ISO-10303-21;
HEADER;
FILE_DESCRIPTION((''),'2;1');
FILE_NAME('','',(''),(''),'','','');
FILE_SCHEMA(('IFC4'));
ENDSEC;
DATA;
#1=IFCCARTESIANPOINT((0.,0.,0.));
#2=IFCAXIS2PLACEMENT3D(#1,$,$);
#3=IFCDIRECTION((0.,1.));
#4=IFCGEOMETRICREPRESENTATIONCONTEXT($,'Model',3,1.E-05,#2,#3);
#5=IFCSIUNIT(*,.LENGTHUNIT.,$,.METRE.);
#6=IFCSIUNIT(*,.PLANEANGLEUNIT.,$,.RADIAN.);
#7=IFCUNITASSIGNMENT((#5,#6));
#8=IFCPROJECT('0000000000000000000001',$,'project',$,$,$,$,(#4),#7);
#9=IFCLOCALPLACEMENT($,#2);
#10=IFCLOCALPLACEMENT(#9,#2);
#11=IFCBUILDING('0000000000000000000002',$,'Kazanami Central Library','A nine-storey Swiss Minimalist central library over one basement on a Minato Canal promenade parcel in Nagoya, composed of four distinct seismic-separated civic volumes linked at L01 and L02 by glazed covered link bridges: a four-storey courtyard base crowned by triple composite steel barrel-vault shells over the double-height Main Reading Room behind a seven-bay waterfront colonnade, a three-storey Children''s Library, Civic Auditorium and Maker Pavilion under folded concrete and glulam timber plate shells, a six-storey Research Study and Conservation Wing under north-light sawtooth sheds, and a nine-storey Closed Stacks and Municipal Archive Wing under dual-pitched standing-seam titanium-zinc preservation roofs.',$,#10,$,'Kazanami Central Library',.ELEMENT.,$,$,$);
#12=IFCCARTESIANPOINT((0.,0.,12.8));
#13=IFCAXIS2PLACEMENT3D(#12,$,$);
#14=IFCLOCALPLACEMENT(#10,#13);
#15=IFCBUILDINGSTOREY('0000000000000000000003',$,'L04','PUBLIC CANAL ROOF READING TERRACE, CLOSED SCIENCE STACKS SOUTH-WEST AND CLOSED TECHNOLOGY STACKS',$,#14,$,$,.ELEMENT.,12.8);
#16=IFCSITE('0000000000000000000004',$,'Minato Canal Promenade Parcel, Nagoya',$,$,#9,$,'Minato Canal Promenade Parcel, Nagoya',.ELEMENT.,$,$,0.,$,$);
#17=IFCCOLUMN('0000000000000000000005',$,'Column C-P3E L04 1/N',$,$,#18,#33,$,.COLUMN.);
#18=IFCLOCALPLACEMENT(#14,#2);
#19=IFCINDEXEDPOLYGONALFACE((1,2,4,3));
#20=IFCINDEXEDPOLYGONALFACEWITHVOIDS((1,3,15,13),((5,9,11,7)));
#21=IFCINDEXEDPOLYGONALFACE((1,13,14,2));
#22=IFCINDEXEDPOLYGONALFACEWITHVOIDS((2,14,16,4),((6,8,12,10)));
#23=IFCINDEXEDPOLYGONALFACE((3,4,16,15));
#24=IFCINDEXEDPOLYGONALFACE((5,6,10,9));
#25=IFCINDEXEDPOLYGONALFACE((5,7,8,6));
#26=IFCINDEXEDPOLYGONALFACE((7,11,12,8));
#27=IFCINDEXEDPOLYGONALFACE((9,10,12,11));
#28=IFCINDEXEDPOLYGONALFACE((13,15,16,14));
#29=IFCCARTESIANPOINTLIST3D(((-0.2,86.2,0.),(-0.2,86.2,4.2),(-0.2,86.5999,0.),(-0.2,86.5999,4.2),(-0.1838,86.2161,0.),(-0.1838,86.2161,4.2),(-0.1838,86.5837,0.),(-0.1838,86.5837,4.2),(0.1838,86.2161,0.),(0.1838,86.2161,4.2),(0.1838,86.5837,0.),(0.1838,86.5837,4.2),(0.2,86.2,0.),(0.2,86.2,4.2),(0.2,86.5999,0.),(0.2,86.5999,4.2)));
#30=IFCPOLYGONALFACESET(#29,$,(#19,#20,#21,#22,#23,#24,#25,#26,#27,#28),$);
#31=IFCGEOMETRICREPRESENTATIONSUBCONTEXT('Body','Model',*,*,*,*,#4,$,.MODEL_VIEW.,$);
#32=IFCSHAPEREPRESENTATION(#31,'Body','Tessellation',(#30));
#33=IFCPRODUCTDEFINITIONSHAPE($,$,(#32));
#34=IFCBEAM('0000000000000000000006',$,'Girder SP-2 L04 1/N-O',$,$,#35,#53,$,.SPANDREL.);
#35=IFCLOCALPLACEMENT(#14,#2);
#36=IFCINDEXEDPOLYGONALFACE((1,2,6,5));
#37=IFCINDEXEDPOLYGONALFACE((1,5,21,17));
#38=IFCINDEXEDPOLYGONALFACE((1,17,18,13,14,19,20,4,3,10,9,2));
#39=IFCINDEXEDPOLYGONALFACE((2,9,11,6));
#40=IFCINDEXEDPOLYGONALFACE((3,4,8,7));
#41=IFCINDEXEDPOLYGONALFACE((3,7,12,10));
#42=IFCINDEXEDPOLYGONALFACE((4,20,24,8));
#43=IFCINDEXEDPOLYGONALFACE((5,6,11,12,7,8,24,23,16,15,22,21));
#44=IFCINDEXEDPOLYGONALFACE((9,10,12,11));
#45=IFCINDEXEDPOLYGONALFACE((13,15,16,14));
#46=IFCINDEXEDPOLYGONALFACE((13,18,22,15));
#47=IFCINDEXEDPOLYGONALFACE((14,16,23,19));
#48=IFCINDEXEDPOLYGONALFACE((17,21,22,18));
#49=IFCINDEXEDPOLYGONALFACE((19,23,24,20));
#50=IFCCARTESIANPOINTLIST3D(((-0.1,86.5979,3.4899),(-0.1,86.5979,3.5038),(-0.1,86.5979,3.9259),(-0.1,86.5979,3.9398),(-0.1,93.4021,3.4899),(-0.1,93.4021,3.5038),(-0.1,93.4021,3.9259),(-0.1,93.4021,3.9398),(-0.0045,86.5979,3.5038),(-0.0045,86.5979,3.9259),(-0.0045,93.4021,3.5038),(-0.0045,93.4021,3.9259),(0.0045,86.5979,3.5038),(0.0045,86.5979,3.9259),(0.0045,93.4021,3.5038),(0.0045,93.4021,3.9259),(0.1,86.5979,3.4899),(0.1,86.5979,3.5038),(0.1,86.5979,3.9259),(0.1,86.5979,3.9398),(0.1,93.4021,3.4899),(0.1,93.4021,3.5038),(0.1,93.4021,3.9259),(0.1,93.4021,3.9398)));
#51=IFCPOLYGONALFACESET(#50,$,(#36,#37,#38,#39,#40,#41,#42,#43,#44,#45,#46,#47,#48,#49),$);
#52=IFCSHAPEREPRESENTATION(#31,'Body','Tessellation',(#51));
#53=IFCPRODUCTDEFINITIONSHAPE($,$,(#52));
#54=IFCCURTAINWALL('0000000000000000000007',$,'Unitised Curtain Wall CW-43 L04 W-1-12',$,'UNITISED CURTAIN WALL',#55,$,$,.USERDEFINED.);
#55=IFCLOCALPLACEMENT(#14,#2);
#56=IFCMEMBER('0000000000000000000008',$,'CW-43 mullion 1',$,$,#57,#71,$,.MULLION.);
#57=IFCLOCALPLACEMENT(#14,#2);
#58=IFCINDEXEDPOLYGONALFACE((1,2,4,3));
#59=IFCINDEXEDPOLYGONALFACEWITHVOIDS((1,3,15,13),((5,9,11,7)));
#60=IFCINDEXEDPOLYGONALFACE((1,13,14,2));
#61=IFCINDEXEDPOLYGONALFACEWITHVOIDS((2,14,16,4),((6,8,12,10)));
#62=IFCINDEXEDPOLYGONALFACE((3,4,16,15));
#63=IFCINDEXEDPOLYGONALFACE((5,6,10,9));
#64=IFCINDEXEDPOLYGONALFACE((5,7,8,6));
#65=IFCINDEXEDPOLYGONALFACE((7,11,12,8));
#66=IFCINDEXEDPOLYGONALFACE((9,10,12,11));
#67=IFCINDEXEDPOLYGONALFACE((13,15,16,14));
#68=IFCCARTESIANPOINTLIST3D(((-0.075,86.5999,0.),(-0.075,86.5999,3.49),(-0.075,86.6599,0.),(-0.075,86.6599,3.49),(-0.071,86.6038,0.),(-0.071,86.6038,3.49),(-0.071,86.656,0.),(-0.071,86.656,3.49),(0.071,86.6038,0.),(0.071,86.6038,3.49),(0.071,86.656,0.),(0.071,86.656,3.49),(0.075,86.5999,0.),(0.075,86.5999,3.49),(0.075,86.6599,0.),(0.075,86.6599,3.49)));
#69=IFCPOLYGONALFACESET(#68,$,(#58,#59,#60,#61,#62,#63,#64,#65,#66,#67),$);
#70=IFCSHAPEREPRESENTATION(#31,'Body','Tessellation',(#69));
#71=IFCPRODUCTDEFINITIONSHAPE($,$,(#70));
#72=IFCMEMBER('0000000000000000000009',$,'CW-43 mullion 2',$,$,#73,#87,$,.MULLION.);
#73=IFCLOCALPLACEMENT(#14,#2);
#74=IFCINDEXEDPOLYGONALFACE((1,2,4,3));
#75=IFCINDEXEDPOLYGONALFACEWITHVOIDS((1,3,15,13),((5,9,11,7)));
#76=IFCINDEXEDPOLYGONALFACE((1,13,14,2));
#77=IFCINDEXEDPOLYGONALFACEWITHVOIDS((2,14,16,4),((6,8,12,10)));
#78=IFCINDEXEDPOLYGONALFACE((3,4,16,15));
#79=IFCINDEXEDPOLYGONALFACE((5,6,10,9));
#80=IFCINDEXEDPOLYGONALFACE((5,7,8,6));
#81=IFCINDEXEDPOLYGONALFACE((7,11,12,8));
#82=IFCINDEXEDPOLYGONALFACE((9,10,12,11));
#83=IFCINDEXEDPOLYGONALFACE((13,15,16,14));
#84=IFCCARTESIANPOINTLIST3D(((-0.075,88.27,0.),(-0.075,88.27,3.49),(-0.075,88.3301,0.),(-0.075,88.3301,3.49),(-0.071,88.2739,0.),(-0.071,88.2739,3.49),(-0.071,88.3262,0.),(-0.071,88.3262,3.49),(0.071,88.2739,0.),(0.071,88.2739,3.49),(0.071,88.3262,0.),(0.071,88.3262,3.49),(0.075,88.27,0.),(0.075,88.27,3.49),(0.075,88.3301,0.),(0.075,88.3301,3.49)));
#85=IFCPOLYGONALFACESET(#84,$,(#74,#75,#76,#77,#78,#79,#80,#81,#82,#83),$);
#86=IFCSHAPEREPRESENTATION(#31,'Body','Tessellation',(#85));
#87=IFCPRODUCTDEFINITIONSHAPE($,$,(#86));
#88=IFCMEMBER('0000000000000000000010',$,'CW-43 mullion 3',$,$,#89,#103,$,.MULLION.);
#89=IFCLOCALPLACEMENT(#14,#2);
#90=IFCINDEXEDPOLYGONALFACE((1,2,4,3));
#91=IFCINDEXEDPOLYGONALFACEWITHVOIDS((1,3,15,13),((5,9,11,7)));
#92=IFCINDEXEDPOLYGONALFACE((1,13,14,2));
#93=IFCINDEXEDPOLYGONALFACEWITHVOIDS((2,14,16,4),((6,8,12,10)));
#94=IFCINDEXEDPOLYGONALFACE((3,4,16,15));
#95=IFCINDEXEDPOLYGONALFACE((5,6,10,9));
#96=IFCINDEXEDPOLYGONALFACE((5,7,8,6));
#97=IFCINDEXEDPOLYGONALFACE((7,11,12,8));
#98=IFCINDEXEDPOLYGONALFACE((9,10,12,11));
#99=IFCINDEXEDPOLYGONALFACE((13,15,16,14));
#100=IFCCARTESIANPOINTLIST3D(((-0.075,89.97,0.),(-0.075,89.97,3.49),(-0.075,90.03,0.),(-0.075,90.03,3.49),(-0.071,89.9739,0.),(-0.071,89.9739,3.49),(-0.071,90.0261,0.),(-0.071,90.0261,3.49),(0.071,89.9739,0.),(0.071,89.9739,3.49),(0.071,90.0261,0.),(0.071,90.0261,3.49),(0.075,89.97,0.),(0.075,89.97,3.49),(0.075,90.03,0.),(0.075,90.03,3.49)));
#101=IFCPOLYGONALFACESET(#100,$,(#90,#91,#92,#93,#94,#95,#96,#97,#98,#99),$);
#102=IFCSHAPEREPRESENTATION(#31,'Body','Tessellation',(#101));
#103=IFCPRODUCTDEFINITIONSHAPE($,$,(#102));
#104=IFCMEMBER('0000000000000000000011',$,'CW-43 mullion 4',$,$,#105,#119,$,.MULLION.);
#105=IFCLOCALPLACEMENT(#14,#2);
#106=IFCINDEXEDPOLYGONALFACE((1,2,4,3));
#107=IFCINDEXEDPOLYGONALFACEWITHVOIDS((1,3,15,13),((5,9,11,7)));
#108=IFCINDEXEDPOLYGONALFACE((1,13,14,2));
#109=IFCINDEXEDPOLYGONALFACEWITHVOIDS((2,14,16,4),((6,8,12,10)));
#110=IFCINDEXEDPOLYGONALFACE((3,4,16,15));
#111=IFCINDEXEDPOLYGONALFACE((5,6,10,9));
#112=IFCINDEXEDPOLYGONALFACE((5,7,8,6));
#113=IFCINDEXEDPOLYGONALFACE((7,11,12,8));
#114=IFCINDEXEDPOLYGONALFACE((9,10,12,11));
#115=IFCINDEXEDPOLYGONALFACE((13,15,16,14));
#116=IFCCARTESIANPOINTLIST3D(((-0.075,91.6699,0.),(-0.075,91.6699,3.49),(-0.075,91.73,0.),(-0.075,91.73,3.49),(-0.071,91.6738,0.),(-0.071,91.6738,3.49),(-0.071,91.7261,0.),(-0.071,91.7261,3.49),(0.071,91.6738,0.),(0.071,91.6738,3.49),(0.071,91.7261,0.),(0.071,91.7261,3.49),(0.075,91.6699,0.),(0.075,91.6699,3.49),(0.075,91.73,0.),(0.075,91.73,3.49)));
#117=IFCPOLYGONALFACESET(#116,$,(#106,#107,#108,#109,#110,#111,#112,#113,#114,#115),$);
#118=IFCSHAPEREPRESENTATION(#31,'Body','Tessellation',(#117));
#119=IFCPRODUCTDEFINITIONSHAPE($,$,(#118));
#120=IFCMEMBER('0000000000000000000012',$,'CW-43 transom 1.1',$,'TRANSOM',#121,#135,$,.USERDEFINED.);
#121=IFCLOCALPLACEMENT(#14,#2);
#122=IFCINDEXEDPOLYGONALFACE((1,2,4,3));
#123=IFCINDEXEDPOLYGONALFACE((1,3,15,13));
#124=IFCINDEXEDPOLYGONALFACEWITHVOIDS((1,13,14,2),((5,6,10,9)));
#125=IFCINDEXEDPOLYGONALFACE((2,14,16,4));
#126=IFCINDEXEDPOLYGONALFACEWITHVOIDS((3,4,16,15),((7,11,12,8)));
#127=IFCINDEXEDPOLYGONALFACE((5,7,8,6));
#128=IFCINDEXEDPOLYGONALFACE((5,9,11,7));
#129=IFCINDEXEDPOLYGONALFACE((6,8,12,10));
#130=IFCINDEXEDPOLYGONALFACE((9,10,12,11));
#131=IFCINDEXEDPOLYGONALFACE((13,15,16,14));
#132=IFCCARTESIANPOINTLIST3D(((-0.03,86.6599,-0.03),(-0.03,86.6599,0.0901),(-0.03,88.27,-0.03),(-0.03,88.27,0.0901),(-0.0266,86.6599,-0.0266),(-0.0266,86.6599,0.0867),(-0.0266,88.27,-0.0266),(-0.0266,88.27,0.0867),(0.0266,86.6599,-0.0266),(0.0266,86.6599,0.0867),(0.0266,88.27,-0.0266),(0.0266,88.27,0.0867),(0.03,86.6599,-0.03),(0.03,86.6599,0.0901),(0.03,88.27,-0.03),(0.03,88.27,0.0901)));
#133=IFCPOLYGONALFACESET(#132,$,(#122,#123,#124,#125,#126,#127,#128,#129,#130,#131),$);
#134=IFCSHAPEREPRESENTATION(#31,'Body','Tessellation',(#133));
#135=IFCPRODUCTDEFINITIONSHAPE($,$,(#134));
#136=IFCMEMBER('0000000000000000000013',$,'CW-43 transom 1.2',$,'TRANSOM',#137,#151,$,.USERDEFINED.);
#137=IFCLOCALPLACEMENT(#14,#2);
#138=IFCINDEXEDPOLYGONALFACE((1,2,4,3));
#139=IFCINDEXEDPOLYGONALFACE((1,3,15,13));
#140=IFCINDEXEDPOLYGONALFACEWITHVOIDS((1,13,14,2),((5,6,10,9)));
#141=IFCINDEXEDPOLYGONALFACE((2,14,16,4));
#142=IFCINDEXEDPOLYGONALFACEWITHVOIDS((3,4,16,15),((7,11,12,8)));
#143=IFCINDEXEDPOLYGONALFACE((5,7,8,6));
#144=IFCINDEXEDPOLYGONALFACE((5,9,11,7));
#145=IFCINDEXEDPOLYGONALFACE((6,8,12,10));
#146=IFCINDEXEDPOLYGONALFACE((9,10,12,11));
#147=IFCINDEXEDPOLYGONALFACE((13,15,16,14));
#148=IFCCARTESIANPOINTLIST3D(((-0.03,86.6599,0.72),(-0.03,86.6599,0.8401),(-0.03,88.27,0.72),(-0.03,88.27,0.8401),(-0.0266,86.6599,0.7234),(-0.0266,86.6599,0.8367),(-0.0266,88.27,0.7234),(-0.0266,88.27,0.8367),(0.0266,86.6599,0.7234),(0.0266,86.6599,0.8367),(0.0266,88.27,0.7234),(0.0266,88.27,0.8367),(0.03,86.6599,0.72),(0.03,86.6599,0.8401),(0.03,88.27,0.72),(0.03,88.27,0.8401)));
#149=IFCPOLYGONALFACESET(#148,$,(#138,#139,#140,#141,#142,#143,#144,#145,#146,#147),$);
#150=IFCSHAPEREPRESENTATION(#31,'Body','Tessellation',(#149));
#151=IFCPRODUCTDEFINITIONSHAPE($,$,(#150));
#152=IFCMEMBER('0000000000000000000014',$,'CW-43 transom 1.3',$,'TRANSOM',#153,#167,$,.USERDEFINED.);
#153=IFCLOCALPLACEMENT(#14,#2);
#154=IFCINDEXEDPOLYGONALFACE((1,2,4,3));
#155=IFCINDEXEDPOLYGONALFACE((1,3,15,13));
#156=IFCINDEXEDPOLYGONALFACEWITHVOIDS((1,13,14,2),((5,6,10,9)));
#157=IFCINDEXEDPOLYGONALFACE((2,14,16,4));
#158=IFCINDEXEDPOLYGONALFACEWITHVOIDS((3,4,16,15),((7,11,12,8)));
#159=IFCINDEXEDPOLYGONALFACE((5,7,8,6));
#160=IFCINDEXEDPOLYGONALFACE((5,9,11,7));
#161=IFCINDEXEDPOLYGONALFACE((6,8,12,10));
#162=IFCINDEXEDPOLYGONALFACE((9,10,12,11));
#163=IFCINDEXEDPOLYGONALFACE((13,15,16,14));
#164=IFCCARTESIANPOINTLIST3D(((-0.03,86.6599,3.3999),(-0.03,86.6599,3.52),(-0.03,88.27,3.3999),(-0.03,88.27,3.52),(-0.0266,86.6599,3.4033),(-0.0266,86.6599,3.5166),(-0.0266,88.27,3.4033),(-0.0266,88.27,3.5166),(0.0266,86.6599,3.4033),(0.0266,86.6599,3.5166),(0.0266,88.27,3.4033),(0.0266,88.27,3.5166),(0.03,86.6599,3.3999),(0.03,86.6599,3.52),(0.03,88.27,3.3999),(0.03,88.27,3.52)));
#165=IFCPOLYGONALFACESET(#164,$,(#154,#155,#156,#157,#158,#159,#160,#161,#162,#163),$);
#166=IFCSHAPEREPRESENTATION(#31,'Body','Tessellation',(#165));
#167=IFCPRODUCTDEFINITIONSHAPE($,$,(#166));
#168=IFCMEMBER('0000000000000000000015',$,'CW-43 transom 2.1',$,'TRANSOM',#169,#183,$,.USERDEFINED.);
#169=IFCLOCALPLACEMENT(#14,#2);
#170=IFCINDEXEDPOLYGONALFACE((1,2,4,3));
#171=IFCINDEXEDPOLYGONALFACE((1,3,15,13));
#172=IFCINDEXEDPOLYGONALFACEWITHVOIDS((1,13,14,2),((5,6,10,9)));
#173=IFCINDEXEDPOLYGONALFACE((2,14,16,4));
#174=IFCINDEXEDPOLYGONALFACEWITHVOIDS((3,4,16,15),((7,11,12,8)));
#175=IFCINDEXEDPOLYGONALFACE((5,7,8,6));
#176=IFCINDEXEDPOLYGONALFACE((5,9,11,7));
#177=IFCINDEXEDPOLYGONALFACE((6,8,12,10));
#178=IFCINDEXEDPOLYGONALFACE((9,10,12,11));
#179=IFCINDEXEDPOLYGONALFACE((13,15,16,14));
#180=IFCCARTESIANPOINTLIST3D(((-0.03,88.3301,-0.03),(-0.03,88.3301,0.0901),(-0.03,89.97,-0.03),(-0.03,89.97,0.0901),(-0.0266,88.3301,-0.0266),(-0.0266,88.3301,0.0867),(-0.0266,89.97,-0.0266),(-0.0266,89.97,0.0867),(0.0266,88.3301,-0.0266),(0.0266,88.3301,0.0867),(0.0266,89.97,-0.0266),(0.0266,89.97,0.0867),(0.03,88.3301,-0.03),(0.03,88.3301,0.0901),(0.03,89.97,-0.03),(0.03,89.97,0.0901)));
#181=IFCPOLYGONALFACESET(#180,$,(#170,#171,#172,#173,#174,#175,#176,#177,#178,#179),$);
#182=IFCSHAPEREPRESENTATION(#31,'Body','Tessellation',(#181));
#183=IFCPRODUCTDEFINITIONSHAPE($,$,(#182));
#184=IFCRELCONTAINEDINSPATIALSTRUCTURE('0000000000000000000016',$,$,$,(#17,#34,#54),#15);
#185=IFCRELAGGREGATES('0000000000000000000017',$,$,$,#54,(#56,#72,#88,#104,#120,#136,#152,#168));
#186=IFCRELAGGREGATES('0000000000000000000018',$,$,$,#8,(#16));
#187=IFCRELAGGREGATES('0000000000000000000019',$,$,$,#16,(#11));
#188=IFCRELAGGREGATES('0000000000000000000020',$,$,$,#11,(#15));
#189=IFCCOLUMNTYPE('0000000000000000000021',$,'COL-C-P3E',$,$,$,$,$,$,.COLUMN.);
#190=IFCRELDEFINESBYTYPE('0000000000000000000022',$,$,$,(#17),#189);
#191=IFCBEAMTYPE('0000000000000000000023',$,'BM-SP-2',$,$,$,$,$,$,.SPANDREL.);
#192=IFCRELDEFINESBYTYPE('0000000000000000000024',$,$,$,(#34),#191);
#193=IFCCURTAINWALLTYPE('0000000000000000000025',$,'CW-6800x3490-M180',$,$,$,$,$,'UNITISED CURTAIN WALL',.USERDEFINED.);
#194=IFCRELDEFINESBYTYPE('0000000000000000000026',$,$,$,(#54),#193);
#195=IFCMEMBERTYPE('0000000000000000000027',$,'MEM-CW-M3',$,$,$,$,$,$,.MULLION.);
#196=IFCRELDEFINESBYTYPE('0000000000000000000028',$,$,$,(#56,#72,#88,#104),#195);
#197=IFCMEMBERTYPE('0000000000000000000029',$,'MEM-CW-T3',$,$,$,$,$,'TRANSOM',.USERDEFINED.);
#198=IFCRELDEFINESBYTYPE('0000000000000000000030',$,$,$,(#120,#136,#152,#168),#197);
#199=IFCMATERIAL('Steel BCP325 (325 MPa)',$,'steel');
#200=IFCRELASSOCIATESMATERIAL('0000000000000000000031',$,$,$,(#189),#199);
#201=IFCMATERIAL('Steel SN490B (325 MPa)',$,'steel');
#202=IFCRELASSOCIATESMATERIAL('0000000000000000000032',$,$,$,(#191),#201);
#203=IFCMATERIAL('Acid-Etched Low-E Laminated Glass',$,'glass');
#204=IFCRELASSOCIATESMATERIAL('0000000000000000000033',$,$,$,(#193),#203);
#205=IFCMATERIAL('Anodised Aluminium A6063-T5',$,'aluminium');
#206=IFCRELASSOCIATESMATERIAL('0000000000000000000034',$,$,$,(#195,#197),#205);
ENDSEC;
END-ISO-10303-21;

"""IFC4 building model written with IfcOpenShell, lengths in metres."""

from ifc_helpers import new_model, si_unit, direction, frame, origin, origin_2d, place, context, subcontext, project, spatial, hollow_rectangle, i_section, extrude, material, material_profile, profile_set, type_object, element, aggregate, save


model = new_model("IFC4")

# Units and contexts
model_context = context("Model", 3, precision=1e-05, world=origin(), true_north=direction((0.0, 1.0)))
body_context = subcontext(model_context, "Body", "Model", "MODEL_VIEW")
ifc_project = project(units=[si_unit("LENGTHUNIT", "METRE"), si_unit("PLANEANGLEUNIT", "RADIAN")], contexts=[model_context])

# Site, building, storey
site_placement = place(None, origin())
site = spatial("IfcSite", under=ifc_project, at=site_placement, Name="Minato Canal Promenade Parcel, Nagoya", LongName="Minato Canal Promenade Parcel, Nagoya", CompositionType="ELEMENT", RefElevation=0.0)
building_placement = place(site_placement, origin())
building = spatial("IfcBuilding", under=site, at=building_placement, Name="Kazanami Central Library", Description="A nine-storey Swiss Minimalist central library over one basement on a Minato Canal promenade parcel in Nagoya, composed of four distinct seismic-separated civic volumes linked at L01 and L02 by glazed covered link bridges: a four-storey courtyard base crowned by triple composite steel barrel-vault shells over the double-height Main Reading Room behind a seven-bay waterfront colonnade, a three-storey Children's Library, Civic Auditorium and Maker Pavilion under folded concrete and glulam timber plate shells, a six-storey Research Study and Conservation Wing under north-light sawtooth sheds, and a nine-storey Closed Stacks and Municipal Archive Wing under dual-pitched standing-seam titanium-zinc preservation roofs.", LongName="Kazanami Central Library", CompositionType="ELEMENT")
storey_placement = place(building_placement, frame((0.0, 0.0, 12.8)))
storey = spatial("IfcBuildingStorey", under=building, at=storey_placement, Name="L04", Description="PUBLIC CANAL ROOF READING TERRACE, CLOSED SCIENCE STACKS SOUTH-WEST AND CLOSED TECHNOLOGY STACKS", CompositionType="ELEMENT", Elevation=12.8)

# Column
ifc_material_1 = material(Name="Steel BCP325 (325 MPa)", Category="steel")
ifc_material_profile_1 = material_profile(ifc_material_1, hollow_rectangle(XDim=0.3999, YDim=0.3999, WallThickness=0.0161, at=origin_2d()), Name="BCP-400x400x16")
ifc_profile_set_1 = profile_set([ifc_material_profile_1], Name="Steel BCP325 (325 MPa)")
column_type = type_object("IfcColumnType", Name="COL-C-P3E", PredefinedType="COLUMN", material=ifc_profile_set_1)
column_placement = place(storey_placement, frame((0.0, 86.3999, 0.0), z_axis=(0.0, 0.0, 1.0), x_axis=(1.0, 0.0, 0.0)))
element("IfcColumn", 1, at=column_placement, inside=storey, type_object=column_type, Name="Column C-P3E L04 1/N", PredefinedType="COLUMN", context=body_context, shape_type="SweptSolid", body=[
    extrude(hollow_rectangle(XDim=0.3999, YDim=0.3999, WallThickness=0.0161, at=origin_2d()), origin(), (0.0, 0.0, 1.0), 4.2),
])

# Beam
ifc_material_2 = material(Name="Steel SN490B (325 MPa)", Category="steel")
ifc_material_profile_2 = material_profile(ifc_material_2, i_section(OverallWidth=0.2, OverallDepth=0.45, WebThickness=0.009, FlangeThickness=0.0139, at=origin_2d()), Name="H-450x200x9x14")
ifc_profile_set_2 = profile_set([ifc_material_profile_2], Name="Steel SN490B (325 MPa)")
beam_type = type_object("IfcBeamType", Name="BM-SP-2", PredefinedType="SPANDREL", material=ifc_profile_set_2)
beam_placement = place(storey_placement, frame((0.0, 86.5979, 3.7148), z_axis=(0.0, 1.0, 0.0), x_axis=(-1.0, 0.0, 0.0)))
element("IfcBeam", 2, at=beam_placement, inside=storey, type_object=beam_type, Name="Girder SP-2 L04 1/N-O", PredefinedType="SPANDREL", context=body_context, shape_type="SweptSolid", body=[
    extrude(i_section(OverallWidth=0.2, OverallDepth=0.45, WebThickness=0.009, FlangeThickness=0.0139, at=origin_2d()), origin(), (0.0, 0.0, 1.0), 6.8042),
])

# Curtain wall, members
ifc_material_3 = material(Name="Acid-Etched Low-E Laminated Glass", Category="glass")
curtain_wall_type = type_object("IfcCurtainWallType", Name="CW-6800x3490-M180", ElementType="UNITISED CURTAIN WALL", PredefinedType="USERDEFINED", material=ifc_material_3)
curtain_wall_placement = place(storey_placement, origin())
curtain_wall = element("IfcCurtainWall", 3, at=curtain_wall_placement, inside=storey, type_object=curtain_wall_type, Name="Unitised Curtain Wall CW-43 L04 W-1-12", ObjectType="UNITISED CURTAIN WALL", PredefinedType="USERDEFINED")
ifc_material_4 = material(Name="Anodised Aluminium A6063-T5", Category="aluminium")
ifc_material_profile_3 = material_profile(ifc_material_4, hollow_rectangle(XDim=0.0601, YDim=0.1499, WallThickness=0.0039, at=origin_2d()), Name="ALU-MULL-60x150x4")
ifc_profile_set_3 = profile_set([ifc_material_profile_3], Name="Anodised Aluminium A6063-T5")
member_type_1 = type_object("IfcMemberType", Name="MEM-CW-M3", PredefinedType="MULLION", material=ifc_profile_set_3)
member_1_placement = place(storey_placement, frame((0.0, 86.6299, 0.0), z_axis=(0.0, 0.0, 1.0), x_axis=(0.0, 1.0, 0.0)))
member_1 = element("IfcMember", 4, at=member_1_placement, type_object=member_type_1, Name="CW-43 mullion 1", PredefinedType="MULLION", context=body_context, shape_type="SweptSolid", body=[
    extrude(hollow_rectangle(XDim=0.0601, YDim=0.1499, WallThickness=0.0039, at=origin_2d()), origin(), (0.0, 0.0, 1.0), 3.49),
])
member_2_placement = place(storey_placement, frame((0.0, 88.3, 0.0), z_axis=(0.0, 0.0, 1.0), x_axis=(0.0, 1.0, 0.0)))
member_2 = element("IfcMember", 5, at=member_2_placement, type_object=member_type_1, Name="CW-43 mullion 2", PredefinedType="MULLION", context=body_context, shape_type="SweptSolid", body=[
    extrude(hollow_rectangle(XDim=0.0601, YDim=0.1499, WallThickness=0.0039, at=origin_2d()), origin(), (0.0, 0.0, 1.0), 3.49),
])
member_3_placement = place(storey_placement, frame((0.0, 90.0, 0.0), z_axis=(0.0, 0.0, 1.0), x_axis=(0.0, 1.0, 0.0)))
member_3 = element("IfcMember", 6, at=member_3_placement, type_object=member_type_1, Name="CW-43 mullion 3", PredefinedType="MULLION", context=body_context, shape_type="SweptSolid", body=[
    extrude(hollow_rectangle(XDim=0.0601, YDim=0.1499, WallThickness=0.0039, at=origin_2d()), origin(), (0.0, 0.0, 1.0), 3.49),
])
member_4_placement = place(storey_placement, frame((0.0, 91.7, 0.0), z_axis=(0.0, 0.0, 1.0), x_axis=(0.0, 1.0, 0.0)))
member_4 = element("IfcMember", 7, at=member_4_placement, type_object=member_type_1, Name="CW-43 mullion 4", PredefinedType="MULLION", context=body_context, shape_type="SweptSolid", body=[
    extrude(hollow_rectangle(XDim=0.0601, YDim=0.1499, WallThickness=0.0039, at=origin_2d()), origin(), (0.0, 0.0, 1.0), 3.49),
])
ifc_material_profile_4 = material_profile(ifc_material_4, hollow_rectangle(XDim=0.0601, YDim=0.1201, WallThickness=0.0034, at=origin_2d()), Name="ALU-TRAN-60x120x3.5")
ifc_profile_set_4 = profile_set([ifc_material_profile_4], Name="Anodised Aluminium A6063-T5")
member_type_2 = type_object("IfcMemberType", Name="MEM-CW-T3", ElementType="TRANSOM", PredefinedType="USERDEFINED", material=ifc_profile_set_4)
member_5_placement = place(storey_placement, frame((0.0, 86.6599, 0.03), z_axis=(0.0, 1.0, 0.0), x_axis=(-1.0, 0.0, 0.0)))
member_5 = element("IfcMember", 8, at=member_5_placement, type_object=member_type_2, Name="CW-43 transom 1.1", ObjectType="TRANSOM", PredefinedType="USERDEFINED", context=body_context, shape_type="SweptSolid", body=[
    extrude(hollow_rectangle(XDim=0.0601, YDim=0.1201, WallThickness=0.0034, at=origin_2d()), origin(), (0.0, 0.0, 1.0), 1.6101),
])
member_6_placement = place(storey_placement, frame((0.0, 86.6599, 0.78), z_axis=(0.0, 1.0, 0.0), x_axis=(-1.0, 0.0, 0.0)))
member_6 = element("IfcMember", 9, at=member_6_placement, type_object=member_type_2, Name="CW-43 transom 1.2", ObjectType="TRANSOM", PredefinedType="USERDEFINED", context=body_context, shape_type="SweptSolid", body=[
    extrude(hollow_rectangle(XDim=0.0601, YDim=0.1201, WallThickness=0.0034, at=origin_2d()), origin(), (0.0, 0.0, 1.0), 1.6101),
])
member_7_placement = place(storey_placement, frame((0.0, 86.6599, 3.46), z_axis=(0.0, 1.0, 0.0), x_axis=(-1.0, 0.0, 0.0)))
member_7 = element("IfcMember", 10, at=member_7_placement, type_object=member_type_2, Name="CW-43 transom 1.3", ObjectType="TRANSOM", PredefinedType="USERDEFINED", context=body_context, shape_type="SweptSolid", body=[
    extrude(hollow_rectangle(XDim=0.0601, YDim=0.1201, WallThickness=0.0034, at=origin_2d()), origin(), (0.0, 0.0, 1.0), 1.6101),
])
member_8_placement = place(storey_placement, frame((0.0, 88.3301, 0.03), z_axis=(0.0, 1.0, 0.0), x_axis=(-1.0, 0.0, 0.0)))
member_8 = element("IfcMember", 11, at=member_8_placement, type_object=member_type_2, Name="CW-43 transom 2.1", ObjectType="TRANSOM", PredefinedType="USERDEFINED", context=body_context, shape_type="SweptSolid", body=[
    extrude(hollow_rectangle(XDim=0.0601, YDim=0.1201, WallThickness=0.0034, at=origin_2d()), origin(), (0.0, 0.0, 1.0), 1.6399),
])
aggregate(curtain_wall, [member_1, member_2, member_3, member_4, member_5, member_6, member_7, member_8])

save(model, "model.ifc")
